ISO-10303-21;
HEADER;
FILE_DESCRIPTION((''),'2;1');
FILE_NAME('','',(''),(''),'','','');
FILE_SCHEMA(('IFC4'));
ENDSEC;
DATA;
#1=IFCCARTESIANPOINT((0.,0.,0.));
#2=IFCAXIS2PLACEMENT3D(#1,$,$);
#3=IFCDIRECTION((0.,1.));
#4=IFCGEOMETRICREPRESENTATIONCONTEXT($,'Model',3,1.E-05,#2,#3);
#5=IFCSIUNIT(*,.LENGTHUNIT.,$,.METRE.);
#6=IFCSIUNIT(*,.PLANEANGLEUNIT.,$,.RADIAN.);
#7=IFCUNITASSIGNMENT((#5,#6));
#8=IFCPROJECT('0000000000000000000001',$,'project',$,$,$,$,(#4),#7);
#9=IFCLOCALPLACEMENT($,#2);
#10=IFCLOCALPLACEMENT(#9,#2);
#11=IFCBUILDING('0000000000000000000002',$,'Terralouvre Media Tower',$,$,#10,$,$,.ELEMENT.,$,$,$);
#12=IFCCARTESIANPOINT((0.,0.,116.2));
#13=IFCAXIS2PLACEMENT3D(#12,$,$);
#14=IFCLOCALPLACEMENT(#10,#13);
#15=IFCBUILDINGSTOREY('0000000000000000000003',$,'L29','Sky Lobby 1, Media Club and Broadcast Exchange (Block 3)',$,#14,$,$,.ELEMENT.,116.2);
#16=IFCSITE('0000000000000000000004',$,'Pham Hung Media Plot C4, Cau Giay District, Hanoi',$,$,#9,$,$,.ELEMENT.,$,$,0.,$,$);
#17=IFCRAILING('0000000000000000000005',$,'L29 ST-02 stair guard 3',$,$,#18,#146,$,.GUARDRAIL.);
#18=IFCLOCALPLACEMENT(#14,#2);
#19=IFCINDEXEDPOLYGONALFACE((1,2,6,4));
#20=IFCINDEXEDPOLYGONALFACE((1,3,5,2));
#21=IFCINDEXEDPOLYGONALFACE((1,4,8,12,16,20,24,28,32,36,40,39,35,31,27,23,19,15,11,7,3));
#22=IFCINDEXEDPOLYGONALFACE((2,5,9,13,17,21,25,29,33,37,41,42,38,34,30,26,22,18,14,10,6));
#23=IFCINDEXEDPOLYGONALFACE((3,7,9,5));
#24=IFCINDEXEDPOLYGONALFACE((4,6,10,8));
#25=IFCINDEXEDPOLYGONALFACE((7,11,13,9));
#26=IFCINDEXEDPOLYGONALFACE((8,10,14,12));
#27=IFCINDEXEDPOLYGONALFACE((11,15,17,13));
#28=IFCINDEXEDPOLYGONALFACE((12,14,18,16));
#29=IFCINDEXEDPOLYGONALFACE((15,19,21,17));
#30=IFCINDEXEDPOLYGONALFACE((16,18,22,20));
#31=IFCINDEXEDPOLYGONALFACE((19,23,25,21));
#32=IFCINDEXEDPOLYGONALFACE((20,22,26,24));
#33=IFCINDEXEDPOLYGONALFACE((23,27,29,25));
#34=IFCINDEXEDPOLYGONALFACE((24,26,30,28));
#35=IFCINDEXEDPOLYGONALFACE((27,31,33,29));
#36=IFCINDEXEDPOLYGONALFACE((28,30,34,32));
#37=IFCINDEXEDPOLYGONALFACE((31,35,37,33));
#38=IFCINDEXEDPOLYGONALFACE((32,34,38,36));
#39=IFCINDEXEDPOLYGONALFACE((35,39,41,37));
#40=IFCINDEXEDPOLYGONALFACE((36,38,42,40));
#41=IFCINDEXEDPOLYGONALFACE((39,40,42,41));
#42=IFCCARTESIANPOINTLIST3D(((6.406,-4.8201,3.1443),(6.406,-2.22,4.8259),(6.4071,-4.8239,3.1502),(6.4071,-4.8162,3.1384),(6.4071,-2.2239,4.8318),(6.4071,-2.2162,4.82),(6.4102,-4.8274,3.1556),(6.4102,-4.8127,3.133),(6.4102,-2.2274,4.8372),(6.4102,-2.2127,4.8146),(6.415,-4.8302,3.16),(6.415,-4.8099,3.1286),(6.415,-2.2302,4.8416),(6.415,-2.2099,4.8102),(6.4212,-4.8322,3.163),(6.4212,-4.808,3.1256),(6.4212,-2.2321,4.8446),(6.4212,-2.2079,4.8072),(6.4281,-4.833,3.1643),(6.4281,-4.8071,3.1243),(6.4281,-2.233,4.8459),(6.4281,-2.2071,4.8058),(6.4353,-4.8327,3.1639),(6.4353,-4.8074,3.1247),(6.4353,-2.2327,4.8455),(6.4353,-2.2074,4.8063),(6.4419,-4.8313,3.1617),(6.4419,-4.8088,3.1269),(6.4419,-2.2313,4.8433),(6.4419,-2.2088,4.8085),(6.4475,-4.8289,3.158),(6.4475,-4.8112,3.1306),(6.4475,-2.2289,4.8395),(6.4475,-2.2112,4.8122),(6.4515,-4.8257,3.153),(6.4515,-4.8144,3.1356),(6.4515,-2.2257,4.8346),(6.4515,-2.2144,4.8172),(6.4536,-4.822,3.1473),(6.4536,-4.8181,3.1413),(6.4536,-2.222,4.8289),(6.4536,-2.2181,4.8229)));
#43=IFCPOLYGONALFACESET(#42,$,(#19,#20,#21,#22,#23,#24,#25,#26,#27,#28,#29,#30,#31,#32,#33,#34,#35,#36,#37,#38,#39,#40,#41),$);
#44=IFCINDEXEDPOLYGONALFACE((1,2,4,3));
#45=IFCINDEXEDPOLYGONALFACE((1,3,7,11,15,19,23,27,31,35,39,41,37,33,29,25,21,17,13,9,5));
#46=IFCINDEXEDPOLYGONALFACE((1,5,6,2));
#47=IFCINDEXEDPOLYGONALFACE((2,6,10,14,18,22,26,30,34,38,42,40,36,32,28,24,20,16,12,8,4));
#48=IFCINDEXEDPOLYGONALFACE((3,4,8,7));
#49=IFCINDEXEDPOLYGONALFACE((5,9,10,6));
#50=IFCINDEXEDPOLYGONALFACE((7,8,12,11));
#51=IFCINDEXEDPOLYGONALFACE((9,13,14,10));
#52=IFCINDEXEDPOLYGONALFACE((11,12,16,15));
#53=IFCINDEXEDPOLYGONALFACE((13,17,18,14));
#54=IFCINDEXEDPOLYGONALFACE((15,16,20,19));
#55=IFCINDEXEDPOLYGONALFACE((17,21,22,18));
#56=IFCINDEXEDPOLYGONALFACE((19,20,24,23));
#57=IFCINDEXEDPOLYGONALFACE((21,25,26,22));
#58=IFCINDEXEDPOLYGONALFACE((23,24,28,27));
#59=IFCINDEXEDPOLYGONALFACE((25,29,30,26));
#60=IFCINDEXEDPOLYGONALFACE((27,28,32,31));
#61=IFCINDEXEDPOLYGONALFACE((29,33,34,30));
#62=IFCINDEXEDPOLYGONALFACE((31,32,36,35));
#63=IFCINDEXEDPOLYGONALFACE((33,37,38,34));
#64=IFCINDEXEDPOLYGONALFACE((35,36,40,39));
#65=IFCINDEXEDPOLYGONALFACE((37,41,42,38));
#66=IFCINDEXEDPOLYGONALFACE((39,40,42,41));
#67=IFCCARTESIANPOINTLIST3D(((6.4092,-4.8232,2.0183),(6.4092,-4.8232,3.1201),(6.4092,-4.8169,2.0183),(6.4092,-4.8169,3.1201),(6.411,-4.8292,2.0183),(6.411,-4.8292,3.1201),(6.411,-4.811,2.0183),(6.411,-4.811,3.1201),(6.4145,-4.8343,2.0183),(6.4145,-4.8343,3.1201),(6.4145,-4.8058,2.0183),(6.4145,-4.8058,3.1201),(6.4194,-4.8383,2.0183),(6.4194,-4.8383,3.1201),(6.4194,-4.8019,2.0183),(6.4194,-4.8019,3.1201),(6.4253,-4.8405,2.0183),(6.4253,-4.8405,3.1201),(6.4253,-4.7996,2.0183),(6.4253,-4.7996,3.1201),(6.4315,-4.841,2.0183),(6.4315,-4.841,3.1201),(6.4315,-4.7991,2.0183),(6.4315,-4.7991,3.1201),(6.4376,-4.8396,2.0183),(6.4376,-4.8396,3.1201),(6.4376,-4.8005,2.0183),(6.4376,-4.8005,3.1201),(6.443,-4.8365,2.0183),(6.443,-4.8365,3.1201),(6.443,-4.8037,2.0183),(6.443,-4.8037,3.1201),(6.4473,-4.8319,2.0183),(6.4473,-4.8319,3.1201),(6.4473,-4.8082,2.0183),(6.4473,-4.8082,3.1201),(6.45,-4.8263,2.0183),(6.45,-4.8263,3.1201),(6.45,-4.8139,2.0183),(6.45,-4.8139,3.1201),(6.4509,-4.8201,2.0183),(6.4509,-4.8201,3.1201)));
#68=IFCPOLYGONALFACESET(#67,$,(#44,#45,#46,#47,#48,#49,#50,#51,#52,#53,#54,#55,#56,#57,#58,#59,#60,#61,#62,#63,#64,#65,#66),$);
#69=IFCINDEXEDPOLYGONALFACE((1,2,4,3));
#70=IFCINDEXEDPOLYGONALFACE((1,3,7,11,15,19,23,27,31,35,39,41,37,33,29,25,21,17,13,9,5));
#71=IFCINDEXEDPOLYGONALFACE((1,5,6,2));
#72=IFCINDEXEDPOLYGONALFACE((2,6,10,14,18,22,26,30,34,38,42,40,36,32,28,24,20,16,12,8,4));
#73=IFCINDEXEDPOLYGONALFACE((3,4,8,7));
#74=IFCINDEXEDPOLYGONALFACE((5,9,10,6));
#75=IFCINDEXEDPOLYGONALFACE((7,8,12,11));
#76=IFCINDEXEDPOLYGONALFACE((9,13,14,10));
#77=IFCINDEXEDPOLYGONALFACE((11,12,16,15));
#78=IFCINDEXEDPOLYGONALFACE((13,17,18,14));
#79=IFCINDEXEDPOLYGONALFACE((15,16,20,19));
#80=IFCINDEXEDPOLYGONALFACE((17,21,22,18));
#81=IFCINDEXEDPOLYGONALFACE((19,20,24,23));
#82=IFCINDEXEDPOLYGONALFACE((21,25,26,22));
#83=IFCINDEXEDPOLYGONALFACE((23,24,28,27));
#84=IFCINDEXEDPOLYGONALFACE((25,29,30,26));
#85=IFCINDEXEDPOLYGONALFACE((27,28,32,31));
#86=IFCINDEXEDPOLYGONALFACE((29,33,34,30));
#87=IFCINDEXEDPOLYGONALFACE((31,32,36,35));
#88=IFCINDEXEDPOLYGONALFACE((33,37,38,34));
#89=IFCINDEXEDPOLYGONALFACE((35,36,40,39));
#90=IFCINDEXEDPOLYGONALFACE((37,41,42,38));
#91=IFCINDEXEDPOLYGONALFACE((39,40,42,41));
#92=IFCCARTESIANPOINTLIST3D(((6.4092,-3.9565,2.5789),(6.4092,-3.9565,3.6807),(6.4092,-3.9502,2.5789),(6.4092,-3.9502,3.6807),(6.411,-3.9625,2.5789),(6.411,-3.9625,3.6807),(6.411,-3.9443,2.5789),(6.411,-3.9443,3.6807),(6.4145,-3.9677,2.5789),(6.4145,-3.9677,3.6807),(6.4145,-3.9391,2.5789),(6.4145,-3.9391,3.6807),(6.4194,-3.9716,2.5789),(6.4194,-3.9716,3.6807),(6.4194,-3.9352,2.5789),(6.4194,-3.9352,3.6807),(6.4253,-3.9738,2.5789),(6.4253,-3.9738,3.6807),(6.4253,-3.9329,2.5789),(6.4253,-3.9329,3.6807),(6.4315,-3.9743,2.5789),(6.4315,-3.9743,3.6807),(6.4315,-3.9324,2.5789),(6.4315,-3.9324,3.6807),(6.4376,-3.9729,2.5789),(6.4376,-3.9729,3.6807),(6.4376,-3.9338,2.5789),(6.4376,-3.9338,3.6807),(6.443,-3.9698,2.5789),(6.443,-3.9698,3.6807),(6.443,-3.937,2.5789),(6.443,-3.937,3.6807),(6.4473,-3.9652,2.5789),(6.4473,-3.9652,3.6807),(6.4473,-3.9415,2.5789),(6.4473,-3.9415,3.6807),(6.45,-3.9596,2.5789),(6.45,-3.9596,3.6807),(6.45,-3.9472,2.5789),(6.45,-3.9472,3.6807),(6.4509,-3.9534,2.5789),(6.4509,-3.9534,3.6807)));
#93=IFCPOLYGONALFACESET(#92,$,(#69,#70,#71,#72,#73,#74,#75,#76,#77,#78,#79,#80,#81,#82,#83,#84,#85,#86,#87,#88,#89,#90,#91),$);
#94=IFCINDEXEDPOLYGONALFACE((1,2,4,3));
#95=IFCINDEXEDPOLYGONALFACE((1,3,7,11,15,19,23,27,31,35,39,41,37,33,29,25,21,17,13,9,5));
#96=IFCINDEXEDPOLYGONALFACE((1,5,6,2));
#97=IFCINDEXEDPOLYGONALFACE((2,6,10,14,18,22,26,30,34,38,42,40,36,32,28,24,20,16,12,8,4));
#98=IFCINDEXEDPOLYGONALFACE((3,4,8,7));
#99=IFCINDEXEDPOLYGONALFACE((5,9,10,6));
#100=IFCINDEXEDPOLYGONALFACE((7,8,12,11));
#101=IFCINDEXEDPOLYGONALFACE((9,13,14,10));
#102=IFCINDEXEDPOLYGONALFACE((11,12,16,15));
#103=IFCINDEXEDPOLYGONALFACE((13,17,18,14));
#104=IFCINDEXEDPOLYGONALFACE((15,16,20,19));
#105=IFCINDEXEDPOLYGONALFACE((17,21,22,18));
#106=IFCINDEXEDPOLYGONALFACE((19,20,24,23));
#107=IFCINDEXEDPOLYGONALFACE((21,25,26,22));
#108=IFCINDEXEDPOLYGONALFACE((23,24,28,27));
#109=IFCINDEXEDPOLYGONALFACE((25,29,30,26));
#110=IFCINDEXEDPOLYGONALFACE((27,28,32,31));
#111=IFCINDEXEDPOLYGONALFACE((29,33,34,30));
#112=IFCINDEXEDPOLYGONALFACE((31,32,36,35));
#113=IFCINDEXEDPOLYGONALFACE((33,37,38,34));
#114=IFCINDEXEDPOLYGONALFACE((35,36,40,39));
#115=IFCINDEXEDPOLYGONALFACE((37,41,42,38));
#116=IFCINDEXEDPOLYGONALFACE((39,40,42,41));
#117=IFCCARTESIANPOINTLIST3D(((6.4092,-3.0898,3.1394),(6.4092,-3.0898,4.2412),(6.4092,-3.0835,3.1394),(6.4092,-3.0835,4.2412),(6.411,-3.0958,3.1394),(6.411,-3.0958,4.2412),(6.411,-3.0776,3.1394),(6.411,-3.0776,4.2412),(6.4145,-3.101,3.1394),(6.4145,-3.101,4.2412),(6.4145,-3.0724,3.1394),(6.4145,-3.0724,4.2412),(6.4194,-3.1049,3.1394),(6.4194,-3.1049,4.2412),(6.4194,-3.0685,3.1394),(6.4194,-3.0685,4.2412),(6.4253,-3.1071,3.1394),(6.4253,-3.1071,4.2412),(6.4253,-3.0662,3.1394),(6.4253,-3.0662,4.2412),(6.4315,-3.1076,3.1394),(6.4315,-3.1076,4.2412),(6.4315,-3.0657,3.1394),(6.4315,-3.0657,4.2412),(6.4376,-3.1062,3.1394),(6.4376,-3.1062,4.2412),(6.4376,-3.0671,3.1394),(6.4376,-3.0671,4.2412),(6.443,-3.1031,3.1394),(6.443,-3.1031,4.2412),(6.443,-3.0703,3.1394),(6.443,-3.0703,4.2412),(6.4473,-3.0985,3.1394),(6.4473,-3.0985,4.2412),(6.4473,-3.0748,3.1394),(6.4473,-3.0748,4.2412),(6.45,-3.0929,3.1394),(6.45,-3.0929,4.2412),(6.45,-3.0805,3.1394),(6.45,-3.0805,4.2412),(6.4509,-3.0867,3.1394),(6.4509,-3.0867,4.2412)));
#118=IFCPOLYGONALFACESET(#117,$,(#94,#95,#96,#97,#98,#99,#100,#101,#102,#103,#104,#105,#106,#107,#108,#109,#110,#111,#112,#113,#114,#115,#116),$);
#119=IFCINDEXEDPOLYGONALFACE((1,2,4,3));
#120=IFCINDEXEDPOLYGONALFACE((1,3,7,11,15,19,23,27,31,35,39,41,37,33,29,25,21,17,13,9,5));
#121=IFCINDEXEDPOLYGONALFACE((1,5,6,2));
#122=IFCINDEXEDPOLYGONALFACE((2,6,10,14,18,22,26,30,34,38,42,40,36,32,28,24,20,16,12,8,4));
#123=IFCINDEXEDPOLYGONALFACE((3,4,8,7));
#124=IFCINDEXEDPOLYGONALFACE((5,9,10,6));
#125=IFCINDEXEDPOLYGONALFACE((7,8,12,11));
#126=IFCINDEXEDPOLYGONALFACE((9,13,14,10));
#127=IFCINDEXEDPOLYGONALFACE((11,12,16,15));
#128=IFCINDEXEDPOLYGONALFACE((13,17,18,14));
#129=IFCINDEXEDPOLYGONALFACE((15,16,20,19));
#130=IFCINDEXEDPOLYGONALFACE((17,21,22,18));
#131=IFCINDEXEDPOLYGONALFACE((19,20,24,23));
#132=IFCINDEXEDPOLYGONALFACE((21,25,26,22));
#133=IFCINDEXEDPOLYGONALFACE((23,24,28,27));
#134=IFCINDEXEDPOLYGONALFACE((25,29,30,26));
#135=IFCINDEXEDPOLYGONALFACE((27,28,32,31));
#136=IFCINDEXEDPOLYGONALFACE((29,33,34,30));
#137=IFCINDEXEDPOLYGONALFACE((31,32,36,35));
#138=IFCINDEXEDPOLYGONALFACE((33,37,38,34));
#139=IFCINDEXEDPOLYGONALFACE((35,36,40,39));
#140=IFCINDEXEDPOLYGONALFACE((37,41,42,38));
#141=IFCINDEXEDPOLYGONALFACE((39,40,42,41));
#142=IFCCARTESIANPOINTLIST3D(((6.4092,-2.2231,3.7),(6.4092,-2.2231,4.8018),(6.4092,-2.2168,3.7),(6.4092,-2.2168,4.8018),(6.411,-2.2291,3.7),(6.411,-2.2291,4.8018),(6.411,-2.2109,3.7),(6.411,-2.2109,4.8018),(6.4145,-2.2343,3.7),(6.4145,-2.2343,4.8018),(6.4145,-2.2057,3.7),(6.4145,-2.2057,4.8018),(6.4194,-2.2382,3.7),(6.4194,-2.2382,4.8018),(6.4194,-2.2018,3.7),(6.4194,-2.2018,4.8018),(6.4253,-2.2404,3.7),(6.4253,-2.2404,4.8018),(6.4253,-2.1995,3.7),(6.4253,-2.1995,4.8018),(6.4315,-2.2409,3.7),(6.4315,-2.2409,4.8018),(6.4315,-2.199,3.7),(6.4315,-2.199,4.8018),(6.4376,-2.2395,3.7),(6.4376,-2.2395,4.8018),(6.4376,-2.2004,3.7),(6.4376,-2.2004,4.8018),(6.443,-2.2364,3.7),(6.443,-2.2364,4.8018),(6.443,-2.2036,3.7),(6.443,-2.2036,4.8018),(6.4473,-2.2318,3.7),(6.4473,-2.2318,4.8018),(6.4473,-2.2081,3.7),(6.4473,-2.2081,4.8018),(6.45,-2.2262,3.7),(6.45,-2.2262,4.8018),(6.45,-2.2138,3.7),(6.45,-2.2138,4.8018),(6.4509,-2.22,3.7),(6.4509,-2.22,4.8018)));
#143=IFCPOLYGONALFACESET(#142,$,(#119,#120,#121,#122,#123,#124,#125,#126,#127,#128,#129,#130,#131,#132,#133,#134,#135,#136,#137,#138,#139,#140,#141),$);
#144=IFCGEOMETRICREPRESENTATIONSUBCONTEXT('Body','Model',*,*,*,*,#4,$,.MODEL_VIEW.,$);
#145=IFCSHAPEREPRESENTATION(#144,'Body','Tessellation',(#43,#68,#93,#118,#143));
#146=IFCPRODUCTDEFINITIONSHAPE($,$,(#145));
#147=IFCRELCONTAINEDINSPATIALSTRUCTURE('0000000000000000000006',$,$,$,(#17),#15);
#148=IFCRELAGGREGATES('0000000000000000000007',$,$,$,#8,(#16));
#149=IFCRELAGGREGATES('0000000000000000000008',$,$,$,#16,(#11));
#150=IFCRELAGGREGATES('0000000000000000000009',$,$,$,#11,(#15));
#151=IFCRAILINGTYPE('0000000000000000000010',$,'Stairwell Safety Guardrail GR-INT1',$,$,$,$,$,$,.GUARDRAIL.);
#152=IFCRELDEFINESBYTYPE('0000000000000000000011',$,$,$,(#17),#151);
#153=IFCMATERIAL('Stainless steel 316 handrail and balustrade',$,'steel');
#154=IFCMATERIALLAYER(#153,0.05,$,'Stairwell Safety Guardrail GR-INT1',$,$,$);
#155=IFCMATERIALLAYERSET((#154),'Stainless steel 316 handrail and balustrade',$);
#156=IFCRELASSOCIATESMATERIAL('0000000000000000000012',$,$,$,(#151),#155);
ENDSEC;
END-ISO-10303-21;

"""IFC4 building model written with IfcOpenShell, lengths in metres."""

from ifc_helpers import new_model, si_unit, direction, frame, origin, origin_2d, place, context, subcontext, project, spatial, circle, extrude, material, layer, layer_set, type_object, element, save


model = new_model("IFC4")

# Units and contexts
model_context = context("Model", 3, precision=1e-05, world=origin(), true_north=direction((0.0, 1.0)))
body_context = subcontext(model_context, "Body", "Model", "MODEL_VIEW")
ifc_project = project(units=[si_unit("LENGTHUNIT", "METRE"), si_unit("PLANEANGLEUNIT", "RADIAN")], contexts=[model_context])

# Site, building, storey
site_placement = place(None, origin())
site = spatial("IfcSite", under=ifc_project, at=site_placement, Name="Pham Hung Media Plot C4, Cau Giay District, Hanoi", CompositionType="ELEMENT", RefElevation=0.0)
building_placement = place(site_placement, origin())
building = spatial("IfcBuilding", under=site, at=building_placement, Name="Terralouvre Media Tower", CompositionType="ELEMENT")
storey_placement = place(building_placement, frame((0.0, 0.0, 116.2)))
storey = spatial("IfcBuildingStorey", under=building, at=storey_placement, Name="L29", Description="Sky Lobby 1, Media Club and Broadcast Exchange (Block 3)", CompositionType="ELEMENT", Elevation=116.2)

# Railing
ifc_material_1 = material(Name="Stainless steel 316 handrail and balustrade", Category="steel")
ifc_layer_1 = layer(ifc_material_1, 0.05, Name="Stairwell Safety Guardrail GR-INT1")
ifc_layer_set_1 = layer_set([ifc_layer_1], Name="Stainless steel 316 handrail and balustrade")
railing_type_1 = type_object("IfcRailingType", Name="Stairwell Safety Guardrail GR-INT1", PredefinedType="GUARDRAIL", material=ifc_layer_set_1)
railing_1_placement = place(storey_placement, frame((6.4299, -4.8201, 2.0183)))
element("IfcRailing", 1, at=railing_1_placement, inside=storey, type_object=railing_type_1, Name="L29 ST-02 stair guard 3", PredefinedType="GUARDRAIL", context=body_context, shape_type="SweptSolid", body=[
    extrude(circle(Radius=0.0239, at=origin_2d()), frame((0.0, 0.0, 1.126), z_axis=(0.0, 0.839684, 0.543075), x_axis=(-1.0, 0.0, 0.0)), (0.0, 0.0, 1.0), 3.0964),
    extrude(circle(Radius=0.021, at=origin_2d()), origin(), (0.0, 0.0, 1.0), 1.1018),
    extrude(circle(Radius=0.021, at=origin_2d()), frame((0.0, 0.8667, 0.5605)), (0.0, 0.0, 1.0), 1.1018),
    extrude(circle(Radius=0.021, at=origin_2d()), frame((0.0, 1.7334, 1.1211)), (0.0, 0.0, 1.0), 1.1018),
    extrude(circle(Radius=0.021, at=origin_2d()), frame((0.0, 2.6001, 1.6816)), (0.0, 0.0, 1.0), 1.1018),
])

save(model, "model.ifc")
